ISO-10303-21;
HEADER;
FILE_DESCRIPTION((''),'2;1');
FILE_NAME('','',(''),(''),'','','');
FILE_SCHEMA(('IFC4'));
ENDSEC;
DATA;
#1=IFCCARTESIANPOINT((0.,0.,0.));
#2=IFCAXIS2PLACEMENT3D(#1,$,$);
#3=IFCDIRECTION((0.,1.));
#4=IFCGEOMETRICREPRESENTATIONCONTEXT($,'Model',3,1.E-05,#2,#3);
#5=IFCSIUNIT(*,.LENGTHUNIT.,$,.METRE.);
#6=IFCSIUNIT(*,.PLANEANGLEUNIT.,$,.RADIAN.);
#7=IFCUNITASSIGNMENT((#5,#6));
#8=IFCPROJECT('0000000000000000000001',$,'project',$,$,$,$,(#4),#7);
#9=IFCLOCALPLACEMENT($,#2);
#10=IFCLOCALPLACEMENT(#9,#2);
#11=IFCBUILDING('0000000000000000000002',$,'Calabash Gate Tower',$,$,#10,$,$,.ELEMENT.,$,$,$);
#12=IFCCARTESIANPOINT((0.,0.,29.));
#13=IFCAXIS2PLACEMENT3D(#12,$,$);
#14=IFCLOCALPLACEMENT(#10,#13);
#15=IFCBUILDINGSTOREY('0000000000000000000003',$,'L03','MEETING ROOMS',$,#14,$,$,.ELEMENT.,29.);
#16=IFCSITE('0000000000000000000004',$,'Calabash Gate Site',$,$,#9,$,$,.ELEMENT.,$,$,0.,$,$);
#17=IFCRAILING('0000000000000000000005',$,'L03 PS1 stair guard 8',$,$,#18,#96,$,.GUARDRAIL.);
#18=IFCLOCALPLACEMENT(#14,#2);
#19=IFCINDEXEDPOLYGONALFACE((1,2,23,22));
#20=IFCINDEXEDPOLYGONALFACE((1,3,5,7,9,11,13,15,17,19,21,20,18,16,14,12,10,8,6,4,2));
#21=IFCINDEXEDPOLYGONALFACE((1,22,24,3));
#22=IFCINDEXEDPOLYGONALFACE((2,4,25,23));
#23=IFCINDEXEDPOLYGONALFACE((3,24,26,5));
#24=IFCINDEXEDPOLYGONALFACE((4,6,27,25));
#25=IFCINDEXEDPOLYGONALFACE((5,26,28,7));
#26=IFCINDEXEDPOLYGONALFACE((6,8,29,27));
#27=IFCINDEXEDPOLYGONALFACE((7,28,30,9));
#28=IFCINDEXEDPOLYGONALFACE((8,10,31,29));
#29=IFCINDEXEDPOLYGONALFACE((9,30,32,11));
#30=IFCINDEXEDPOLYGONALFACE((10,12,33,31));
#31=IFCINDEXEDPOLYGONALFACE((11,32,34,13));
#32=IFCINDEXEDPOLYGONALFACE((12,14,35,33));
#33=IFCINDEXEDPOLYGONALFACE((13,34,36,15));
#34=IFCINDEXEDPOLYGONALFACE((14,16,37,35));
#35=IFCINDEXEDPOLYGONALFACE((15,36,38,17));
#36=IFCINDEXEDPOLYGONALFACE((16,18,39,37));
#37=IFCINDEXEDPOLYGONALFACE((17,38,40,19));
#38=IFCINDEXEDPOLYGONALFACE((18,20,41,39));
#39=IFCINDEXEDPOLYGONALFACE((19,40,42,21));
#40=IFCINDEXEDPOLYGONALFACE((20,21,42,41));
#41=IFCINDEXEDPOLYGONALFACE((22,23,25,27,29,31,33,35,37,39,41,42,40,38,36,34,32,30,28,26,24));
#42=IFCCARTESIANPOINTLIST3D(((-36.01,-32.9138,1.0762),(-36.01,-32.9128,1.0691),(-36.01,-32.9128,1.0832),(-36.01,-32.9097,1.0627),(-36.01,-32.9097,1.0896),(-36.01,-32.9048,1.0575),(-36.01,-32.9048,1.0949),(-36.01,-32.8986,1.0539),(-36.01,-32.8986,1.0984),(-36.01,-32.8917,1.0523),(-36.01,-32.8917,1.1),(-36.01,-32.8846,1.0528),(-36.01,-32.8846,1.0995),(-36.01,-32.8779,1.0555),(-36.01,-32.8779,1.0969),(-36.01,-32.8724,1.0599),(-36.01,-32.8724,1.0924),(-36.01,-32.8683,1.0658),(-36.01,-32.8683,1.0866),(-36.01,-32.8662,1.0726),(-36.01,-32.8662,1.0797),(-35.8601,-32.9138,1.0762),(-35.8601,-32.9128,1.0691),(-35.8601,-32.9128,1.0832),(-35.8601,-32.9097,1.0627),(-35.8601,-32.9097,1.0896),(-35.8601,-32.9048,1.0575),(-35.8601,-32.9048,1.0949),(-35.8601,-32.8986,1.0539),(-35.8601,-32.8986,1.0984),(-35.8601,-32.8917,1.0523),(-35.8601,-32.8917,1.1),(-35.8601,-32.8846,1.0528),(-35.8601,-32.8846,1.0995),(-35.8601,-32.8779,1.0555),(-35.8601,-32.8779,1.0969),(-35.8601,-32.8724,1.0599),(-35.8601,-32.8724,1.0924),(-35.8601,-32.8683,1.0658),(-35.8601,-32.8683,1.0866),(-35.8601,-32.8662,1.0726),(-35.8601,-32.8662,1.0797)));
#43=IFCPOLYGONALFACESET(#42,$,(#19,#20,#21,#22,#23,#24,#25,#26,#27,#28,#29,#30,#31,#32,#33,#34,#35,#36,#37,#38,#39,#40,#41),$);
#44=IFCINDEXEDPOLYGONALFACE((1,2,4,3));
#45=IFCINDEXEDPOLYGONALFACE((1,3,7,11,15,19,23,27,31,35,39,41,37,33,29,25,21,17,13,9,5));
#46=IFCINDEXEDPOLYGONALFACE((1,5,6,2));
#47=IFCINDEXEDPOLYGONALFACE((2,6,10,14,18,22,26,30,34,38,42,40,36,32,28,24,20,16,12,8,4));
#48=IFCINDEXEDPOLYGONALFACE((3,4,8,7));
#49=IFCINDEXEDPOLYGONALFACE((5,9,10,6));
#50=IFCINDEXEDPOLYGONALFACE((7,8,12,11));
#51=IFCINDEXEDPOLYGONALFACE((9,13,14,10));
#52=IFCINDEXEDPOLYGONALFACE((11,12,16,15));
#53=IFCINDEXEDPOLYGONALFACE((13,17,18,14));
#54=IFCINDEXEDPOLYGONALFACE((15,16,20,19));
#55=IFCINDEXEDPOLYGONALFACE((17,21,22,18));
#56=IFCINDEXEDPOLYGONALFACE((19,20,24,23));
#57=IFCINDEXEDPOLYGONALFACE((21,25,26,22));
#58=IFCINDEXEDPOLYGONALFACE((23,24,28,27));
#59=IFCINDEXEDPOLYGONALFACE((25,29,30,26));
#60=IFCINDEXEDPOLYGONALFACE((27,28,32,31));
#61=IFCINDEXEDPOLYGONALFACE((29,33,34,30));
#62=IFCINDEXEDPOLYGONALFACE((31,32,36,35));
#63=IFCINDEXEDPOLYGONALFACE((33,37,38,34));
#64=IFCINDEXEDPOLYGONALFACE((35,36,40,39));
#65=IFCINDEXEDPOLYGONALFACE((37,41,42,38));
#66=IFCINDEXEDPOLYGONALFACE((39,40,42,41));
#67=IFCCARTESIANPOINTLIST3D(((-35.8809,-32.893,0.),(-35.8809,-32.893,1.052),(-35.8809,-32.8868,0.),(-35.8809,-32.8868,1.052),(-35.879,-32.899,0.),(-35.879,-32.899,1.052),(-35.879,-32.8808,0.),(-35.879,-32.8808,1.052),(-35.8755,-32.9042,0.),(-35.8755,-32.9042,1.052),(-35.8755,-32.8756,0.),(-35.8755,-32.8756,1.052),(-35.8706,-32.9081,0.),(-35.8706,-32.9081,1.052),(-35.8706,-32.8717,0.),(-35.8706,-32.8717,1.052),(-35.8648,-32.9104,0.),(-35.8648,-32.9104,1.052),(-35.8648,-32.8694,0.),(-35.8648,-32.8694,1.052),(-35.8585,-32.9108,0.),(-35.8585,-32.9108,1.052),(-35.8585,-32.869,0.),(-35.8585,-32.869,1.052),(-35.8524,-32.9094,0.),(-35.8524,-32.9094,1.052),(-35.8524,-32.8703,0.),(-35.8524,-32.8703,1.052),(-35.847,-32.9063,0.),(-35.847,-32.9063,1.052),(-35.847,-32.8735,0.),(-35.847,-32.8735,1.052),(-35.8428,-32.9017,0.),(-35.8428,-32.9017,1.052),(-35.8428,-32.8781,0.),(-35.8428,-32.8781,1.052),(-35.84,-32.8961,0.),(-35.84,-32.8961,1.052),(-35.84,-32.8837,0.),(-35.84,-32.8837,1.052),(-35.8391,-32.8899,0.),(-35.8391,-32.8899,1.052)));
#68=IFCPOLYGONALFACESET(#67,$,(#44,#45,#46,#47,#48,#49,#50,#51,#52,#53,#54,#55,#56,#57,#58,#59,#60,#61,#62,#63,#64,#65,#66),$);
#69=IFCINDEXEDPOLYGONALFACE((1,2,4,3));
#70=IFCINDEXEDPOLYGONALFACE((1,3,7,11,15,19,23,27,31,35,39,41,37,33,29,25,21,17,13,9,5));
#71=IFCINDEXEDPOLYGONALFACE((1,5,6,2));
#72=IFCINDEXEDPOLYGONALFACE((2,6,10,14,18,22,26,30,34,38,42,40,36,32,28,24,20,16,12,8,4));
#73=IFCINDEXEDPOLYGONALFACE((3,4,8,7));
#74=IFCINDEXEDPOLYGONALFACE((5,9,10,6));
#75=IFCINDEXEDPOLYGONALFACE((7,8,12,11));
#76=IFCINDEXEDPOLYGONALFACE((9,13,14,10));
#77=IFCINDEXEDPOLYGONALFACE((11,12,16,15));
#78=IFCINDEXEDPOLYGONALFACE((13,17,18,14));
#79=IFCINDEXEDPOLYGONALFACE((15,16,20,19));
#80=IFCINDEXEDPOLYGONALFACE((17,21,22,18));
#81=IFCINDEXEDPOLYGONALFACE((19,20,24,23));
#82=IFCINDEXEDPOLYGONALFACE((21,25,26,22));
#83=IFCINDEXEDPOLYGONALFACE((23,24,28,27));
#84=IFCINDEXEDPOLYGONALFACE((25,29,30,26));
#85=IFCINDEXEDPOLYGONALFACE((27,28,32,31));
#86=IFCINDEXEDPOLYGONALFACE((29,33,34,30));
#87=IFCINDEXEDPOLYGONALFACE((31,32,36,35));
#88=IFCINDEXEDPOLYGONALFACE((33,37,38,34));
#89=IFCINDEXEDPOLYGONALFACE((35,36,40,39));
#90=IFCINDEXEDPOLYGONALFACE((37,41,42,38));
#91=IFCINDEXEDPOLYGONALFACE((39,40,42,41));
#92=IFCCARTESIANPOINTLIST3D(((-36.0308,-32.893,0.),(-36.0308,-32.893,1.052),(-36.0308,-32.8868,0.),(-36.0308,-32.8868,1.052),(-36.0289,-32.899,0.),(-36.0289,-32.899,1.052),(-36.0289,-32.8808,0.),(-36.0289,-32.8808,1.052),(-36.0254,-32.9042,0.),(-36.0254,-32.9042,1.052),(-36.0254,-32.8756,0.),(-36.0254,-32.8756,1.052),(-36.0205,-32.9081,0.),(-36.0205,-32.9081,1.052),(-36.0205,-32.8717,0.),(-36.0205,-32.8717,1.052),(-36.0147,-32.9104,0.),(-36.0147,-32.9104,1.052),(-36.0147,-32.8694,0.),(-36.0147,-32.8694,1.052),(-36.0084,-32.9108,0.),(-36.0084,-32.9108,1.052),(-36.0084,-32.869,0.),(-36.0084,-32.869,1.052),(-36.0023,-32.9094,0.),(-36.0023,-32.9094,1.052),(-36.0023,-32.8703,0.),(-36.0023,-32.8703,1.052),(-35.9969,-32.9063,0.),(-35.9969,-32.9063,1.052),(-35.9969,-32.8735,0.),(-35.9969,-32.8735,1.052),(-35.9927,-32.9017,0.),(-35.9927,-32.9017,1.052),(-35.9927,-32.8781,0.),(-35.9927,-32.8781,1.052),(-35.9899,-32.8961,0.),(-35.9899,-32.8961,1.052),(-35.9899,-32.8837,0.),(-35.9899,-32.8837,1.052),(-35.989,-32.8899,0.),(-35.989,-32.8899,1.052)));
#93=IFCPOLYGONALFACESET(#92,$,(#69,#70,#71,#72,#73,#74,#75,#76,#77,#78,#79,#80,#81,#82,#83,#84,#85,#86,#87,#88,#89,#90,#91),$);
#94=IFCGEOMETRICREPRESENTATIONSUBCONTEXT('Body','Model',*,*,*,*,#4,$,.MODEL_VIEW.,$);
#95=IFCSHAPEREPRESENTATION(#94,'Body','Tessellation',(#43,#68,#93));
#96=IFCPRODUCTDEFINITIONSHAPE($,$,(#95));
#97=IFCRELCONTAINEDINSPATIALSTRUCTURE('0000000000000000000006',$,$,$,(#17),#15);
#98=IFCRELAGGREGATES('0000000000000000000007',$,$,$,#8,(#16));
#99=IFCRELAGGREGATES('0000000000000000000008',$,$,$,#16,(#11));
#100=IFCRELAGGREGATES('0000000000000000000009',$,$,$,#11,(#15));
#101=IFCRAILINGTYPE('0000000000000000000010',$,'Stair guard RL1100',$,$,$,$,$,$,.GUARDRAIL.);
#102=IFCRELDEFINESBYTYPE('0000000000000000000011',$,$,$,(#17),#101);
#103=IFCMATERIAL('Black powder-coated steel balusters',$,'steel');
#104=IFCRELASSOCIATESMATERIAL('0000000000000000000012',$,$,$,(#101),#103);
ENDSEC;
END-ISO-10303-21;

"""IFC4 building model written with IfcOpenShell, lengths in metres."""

from ifc_helpers import new_model, si_unit, direction, frame, origin, origin_2d, place, context, subcontext, project, spatial, circle, extrude, material, type_object, element, save


model = new_model("IFC4")

# Units and contexts
model_context = context("Model", 3, precision=1e-05, world=origin(), true_north=direction((0.0, 1.0)))
body_context = subcontext(model_context, "Body", "Model", "MODEL_VIEW")
ifc_project = project(units=[si_unit("LENGTHUNIT", "METRE"), si_unit("PLANEANGLEUNIT", "RADIAN")], contexts=[model_context])

# Site, building, storey
site_placement = place(None, origin())
site = spatial("IfcSite", under=ifc_project, at=site_placement, Name="Calabash Gate Site", CompositionType="ELEMENT", RefElevation=0.0)
building_placement = place(site_placement, origin())
building = spatial("IfcBuilding", under=site, at=building_placement, Name="Calabash Gate Tower", CompositionType="ELEMENT")
storey_placement = place(building_placement, frame((0.0, 0.0, 29.0)))
storey = spatial("IfcBuildingStorey", under=building, at=storey_placement, Name="L03", Description="MEETING ROOMS", CompositionType="ELEMENT", Elevation=29.0)

# Railing
ifc_material_1 = material(Name="Black powder-coated steel balusters", Category="steel")
railing_type = type_object("IfcRailingType", Name="Stair guard RL1100", PredefinedType="GUARDRAIL", material=ifc_material_1)
railing_1_placement = place(storey_placement, frame((-35.8601, -32.8899, 0.0)))
element("IfcRailing", 1, at=railing_1_placement, inside=storey, type_object=railing_type, Name="L03 PS1 stair guard 8", PredefinedType="GUARDRAIL", context=body_context, shape_type="SweptSolid", body=[
    extrude(circle(Radius=0.0239, at=origin_2d()), frame((0.0, 0.0, 1.0762), z_axis=(-1.0, 0.0, 0.0), x_axis=(0.0, -1.0, 0.0)), (0.0, 0.0, 1.0), 0.1499),
    extrude(circle(Radius=0.021, at=origin_2d()), origin(), (0.0, 0.0, 1.0), 1.052),
    extrude(circle(Radius=0.021, at=origin_2d()), frame((-0.1499, 0.0, 0.0)), (0.0, 0.0, 1.0), 1.052),
])

save(model, "model.ifc")
